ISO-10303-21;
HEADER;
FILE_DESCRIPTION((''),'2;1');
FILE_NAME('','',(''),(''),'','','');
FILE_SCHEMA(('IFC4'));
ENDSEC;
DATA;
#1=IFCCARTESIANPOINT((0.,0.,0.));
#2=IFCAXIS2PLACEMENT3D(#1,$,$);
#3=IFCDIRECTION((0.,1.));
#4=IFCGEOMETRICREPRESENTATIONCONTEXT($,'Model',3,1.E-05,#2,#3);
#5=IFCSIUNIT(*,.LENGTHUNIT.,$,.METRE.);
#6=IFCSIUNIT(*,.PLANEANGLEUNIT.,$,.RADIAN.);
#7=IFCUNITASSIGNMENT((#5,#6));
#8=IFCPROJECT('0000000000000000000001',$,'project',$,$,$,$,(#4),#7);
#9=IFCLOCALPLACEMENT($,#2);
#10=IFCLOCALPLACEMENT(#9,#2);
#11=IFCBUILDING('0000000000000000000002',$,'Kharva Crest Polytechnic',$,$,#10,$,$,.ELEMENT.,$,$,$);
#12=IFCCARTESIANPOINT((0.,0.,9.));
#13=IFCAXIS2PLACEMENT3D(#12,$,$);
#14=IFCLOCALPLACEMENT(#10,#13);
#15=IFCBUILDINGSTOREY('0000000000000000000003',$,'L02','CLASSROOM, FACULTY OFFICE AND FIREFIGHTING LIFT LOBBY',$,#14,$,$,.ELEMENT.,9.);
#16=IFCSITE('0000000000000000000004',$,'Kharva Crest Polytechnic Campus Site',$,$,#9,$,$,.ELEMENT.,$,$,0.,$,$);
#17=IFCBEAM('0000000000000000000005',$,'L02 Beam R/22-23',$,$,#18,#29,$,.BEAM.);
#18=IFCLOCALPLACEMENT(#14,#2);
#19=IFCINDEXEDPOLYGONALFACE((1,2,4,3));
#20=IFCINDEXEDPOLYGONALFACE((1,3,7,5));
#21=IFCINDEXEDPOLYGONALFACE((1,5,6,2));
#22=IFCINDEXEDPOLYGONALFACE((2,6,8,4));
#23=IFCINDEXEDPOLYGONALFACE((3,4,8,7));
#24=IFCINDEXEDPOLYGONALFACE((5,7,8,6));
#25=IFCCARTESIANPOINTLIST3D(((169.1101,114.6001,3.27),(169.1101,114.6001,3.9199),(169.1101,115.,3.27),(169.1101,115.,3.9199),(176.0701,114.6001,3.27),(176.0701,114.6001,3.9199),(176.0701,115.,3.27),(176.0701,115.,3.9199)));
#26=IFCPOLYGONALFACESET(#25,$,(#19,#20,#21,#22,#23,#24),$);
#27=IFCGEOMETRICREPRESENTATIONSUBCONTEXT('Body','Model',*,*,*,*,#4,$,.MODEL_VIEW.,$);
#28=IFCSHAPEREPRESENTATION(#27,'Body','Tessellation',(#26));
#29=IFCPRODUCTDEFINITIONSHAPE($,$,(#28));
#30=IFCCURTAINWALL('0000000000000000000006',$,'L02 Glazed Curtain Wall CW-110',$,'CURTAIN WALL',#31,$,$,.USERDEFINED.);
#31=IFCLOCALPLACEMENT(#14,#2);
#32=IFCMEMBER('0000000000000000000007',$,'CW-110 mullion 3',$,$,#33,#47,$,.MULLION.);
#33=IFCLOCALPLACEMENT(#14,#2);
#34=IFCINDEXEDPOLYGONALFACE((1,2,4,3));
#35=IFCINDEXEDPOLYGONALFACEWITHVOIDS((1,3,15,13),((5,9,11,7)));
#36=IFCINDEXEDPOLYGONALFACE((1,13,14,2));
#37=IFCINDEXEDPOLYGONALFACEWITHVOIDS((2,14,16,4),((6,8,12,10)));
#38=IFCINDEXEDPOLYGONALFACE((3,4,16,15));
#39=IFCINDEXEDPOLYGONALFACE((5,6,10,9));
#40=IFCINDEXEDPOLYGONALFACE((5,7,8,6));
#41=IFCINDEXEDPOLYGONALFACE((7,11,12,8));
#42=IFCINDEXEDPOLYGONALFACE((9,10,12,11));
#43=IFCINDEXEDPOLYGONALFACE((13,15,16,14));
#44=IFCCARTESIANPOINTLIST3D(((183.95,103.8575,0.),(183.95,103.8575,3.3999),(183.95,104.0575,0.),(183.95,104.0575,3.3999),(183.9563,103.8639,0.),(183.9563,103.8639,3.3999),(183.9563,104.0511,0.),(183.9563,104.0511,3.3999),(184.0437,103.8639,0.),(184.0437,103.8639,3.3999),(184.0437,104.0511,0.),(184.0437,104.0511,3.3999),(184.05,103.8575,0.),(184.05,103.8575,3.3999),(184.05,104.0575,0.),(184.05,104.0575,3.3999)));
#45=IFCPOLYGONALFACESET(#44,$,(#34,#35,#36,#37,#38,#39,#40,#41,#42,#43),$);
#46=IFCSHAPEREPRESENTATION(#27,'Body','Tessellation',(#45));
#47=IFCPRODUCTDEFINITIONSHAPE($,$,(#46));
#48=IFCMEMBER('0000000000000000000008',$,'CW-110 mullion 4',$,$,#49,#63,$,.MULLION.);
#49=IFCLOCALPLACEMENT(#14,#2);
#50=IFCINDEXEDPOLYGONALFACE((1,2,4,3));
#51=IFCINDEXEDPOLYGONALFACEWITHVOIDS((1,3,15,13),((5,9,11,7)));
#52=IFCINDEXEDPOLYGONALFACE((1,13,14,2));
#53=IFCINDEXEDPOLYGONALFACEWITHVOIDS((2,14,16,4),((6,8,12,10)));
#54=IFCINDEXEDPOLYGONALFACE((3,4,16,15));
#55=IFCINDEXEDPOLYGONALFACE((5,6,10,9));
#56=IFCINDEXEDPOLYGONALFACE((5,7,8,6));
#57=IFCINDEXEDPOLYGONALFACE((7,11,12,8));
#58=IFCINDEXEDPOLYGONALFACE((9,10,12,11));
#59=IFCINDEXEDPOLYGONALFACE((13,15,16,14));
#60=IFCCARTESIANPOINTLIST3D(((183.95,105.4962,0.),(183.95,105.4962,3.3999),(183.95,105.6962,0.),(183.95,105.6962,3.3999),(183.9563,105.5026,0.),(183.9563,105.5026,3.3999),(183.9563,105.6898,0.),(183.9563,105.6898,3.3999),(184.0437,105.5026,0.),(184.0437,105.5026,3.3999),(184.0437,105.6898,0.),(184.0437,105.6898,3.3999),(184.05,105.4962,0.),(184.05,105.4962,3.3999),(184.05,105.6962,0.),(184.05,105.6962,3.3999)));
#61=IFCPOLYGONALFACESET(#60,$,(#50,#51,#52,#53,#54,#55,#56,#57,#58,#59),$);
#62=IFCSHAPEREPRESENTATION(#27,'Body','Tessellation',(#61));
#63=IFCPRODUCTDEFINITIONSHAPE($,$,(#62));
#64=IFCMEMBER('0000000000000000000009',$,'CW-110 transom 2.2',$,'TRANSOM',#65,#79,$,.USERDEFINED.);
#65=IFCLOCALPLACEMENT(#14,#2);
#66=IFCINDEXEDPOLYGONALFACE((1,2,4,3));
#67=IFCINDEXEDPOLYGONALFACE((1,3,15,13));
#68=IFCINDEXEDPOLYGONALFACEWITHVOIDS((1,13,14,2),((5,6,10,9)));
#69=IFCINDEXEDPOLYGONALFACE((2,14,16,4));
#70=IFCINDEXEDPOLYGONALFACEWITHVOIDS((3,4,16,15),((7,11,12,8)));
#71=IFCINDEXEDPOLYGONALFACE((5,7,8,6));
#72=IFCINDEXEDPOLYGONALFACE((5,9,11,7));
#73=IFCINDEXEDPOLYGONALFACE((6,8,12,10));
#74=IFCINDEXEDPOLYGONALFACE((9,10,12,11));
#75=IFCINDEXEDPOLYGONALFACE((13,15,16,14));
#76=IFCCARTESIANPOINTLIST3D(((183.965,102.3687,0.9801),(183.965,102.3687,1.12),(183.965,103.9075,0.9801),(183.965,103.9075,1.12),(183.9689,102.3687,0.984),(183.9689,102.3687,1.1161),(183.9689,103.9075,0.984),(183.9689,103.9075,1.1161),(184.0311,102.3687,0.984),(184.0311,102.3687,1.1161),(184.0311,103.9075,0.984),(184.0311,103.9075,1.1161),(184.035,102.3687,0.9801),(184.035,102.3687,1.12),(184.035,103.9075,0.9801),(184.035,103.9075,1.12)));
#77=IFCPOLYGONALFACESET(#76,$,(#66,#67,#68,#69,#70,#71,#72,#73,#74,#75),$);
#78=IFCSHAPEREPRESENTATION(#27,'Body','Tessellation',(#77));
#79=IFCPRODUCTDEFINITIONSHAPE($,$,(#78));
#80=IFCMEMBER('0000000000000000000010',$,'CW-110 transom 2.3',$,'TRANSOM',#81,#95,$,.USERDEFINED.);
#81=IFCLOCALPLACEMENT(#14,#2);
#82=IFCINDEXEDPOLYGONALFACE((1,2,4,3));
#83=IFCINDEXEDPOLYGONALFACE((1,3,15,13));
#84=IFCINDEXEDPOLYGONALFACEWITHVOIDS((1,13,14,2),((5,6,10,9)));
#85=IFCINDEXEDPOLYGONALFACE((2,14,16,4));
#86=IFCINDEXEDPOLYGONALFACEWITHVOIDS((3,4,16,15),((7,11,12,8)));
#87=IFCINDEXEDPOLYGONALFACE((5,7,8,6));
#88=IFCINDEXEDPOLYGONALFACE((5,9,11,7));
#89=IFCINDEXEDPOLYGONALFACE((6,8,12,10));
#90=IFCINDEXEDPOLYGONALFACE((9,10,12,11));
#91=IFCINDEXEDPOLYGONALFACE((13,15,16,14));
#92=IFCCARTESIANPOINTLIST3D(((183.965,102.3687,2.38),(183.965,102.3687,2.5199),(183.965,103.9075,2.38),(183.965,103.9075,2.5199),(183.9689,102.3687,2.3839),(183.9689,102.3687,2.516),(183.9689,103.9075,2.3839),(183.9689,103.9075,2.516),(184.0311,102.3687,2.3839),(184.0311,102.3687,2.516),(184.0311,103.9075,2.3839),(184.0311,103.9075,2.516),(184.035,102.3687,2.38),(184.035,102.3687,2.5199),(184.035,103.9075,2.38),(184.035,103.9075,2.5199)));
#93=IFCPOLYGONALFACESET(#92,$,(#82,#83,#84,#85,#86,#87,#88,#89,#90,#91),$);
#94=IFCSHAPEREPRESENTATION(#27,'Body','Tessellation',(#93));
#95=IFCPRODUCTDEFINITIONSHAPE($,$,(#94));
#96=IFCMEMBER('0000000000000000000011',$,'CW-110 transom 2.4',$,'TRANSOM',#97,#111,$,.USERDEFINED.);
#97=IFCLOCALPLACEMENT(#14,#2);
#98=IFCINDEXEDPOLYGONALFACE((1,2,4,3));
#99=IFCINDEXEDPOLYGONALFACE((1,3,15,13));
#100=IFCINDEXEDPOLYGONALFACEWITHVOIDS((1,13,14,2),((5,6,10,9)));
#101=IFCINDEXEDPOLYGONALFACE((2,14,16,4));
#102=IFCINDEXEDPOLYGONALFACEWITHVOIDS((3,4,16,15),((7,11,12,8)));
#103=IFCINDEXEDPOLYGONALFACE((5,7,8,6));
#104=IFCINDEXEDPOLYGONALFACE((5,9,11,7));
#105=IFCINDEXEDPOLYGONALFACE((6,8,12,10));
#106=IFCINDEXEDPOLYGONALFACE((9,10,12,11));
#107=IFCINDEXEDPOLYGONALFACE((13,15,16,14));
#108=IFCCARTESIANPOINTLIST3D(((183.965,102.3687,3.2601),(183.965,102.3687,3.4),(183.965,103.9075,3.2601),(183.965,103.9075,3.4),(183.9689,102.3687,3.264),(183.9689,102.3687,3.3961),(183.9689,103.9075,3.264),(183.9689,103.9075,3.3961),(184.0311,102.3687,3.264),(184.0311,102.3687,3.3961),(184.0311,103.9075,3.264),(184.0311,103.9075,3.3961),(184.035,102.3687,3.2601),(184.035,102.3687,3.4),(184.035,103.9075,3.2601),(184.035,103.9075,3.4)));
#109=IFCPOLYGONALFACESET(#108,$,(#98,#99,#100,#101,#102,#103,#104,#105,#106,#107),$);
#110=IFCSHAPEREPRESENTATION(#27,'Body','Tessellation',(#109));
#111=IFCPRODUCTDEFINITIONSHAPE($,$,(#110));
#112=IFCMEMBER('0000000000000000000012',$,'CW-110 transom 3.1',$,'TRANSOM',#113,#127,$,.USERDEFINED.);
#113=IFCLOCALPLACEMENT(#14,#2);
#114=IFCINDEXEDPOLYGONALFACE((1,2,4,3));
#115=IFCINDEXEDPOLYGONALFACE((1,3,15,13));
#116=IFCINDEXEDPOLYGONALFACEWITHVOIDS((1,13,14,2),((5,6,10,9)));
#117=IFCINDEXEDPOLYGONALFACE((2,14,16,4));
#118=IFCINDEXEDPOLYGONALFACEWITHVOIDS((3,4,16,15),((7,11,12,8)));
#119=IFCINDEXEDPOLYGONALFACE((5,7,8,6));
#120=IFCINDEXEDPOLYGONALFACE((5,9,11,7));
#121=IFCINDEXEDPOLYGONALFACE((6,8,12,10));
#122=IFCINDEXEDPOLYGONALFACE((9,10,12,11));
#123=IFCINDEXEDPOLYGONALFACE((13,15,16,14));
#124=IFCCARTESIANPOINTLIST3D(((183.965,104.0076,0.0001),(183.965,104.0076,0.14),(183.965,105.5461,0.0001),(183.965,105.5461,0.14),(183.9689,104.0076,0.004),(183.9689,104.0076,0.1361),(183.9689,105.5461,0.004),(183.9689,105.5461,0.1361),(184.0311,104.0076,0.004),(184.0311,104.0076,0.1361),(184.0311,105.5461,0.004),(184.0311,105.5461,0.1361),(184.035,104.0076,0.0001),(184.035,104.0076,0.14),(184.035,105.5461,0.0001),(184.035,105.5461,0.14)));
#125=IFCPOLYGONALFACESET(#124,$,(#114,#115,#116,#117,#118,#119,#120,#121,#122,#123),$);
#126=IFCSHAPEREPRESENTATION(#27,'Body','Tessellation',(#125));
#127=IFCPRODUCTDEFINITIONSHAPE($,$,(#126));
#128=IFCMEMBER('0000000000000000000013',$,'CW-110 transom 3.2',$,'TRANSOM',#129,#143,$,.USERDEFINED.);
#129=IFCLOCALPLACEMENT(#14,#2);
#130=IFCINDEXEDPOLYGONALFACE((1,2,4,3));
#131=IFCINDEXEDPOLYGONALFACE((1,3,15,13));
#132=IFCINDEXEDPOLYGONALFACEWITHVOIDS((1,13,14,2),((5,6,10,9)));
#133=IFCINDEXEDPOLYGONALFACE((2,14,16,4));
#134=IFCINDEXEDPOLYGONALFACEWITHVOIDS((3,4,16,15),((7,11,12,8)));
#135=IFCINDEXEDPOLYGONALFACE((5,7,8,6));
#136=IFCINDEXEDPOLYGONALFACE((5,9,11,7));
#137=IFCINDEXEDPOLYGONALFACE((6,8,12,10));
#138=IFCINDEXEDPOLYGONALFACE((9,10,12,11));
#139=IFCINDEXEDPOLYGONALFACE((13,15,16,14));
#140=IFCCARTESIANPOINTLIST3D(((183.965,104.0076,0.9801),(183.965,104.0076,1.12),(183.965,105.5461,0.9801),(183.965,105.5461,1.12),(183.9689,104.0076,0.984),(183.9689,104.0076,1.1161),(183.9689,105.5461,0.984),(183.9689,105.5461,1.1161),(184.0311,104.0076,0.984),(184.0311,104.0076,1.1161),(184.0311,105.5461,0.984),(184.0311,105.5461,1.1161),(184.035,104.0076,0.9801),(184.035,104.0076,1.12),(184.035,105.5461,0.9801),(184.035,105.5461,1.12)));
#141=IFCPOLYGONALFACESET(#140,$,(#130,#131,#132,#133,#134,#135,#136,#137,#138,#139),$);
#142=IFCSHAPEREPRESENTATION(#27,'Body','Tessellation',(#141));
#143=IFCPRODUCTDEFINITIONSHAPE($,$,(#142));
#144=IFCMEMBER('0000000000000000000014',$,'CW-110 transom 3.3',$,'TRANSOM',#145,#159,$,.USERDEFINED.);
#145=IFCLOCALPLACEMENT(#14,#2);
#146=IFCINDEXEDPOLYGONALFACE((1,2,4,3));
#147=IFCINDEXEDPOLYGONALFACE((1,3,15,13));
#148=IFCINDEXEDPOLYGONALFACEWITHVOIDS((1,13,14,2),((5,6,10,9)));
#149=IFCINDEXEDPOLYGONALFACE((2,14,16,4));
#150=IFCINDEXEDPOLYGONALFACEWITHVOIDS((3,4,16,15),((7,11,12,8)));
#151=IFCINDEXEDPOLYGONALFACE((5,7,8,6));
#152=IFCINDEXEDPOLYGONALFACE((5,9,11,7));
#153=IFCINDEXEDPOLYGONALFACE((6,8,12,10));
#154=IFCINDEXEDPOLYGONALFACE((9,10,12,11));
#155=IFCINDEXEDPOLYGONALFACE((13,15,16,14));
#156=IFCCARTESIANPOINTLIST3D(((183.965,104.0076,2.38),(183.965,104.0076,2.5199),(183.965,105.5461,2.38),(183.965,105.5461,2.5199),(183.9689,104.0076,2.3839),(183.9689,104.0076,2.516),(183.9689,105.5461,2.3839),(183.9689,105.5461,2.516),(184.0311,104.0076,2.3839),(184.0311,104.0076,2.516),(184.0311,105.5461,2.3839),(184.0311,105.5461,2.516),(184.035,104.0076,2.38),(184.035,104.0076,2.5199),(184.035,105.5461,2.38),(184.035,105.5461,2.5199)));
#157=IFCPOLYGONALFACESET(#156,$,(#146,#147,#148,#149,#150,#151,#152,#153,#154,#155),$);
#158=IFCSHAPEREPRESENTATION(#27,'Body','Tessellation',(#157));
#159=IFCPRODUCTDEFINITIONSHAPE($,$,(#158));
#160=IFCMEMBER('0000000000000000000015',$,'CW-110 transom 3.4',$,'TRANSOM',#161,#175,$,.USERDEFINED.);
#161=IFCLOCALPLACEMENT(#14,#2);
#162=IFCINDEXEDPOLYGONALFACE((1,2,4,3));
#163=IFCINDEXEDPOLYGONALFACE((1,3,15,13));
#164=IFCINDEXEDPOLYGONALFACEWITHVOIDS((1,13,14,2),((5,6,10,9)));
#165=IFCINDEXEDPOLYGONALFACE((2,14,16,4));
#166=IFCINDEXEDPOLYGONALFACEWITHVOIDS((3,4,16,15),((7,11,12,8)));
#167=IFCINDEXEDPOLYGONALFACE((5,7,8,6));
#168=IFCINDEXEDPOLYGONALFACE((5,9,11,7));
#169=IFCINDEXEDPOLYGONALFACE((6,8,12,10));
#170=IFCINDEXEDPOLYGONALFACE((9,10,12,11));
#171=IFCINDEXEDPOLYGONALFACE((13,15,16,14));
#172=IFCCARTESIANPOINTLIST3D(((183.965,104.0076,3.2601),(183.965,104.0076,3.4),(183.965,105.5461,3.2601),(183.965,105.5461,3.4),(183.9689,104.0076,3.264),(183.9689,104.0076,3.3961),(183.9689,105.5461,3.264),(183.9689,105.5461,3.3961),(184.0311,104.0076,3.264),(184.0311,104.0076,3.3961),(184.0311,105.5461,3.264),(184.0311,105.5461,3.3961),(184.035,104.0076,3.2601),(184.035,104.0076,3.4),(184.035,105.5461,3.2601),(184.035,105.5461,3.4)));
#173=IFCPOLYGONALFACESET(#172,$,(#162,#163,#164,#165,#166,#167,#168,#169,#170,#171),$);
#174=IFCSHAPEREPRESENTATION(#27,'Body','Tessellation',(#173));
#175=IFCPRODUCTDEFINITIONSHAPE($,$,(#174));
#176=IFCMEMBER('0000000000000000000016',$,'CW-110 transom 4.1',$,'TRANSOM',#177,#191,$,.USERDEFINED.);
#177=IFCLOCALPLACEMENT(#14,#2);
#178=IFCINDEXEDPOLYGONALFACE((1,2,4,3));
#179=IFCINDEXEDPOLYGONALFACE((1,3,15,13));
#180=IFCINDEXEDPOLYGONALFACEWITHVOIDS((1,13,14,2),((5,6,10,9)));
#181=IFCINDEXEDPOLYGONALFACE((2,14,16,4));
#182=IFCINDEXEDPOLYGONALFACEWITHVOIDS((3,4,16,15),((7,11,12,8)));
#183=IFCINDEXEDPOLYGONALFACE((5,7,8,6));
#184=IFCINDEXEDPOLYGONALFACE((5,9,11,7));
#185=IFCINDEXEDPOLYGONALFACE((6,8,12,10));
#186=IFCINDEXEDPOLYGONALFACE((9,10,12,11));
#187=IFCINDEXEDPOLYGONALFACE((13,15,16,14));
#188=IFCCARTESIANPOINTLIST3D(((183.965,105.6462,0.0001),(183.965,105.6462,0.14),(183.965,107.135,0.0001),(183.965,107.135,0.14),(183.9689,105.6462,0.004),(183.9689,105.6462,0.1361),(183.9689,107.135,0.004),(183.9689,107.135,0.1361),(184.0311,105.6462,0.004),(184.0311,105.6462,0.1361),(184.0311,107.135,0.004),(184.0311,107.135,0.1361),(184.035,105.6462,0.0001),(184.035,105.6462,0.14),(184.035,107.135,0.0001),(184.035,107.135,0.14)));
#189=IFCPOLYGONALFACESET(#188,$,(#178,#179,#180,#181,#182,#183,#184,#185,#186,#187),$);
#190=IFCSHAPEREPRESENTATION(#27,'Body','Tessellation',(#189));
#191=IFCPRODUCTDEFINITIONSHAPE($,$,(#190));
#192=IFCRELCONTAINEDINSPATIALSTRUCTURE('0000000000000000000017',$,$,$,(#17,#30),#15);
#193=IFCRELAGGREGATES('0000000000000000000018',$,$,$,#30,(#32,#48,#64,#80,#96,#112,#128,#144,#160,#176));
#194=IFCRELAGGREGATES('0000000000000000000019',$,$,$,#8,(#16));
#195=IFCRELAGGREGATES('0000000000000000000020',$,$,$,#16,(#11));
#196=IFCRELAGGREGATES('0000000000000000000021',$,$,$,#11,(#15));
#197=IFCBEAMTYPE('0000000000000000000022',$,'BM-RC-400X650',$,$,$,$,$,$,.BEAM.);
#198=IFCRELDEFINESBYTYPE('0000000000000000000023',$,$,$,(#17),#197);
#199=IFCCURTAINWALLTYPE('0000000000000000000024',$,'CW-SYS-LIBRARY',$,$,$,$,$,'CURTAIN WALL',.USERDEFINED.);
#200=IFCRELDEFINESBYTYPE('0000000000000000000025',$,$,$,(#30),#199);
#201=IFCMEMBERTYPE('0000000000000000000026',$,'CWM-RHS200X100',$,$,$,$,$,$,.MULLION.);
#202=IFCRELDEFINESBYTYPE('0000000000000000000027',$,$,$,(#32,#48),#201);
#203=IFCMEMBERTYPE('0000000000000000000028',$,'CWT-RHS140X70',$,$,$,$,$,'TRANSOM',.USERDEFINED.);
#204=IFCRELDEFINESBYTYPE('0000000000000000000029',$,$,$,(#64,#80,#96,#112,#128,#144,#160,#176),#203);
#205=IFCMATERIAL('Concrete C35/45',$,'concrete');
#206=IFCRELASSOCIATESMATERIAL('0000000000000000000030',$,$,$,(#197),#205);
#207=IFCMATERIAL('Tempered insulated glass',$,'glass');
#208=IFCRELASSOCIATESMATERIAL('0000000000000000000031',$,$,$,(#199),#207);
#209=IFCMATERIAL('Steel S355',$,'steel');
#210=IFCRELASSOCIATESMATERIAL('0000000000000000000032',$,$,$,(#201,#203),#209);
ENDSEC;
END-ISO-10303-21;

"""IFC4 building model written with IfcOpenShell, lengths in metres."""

from ifc_helpers import new_model, si_unit, direction, frame, origin, origin_2d, place, context, subcontext, project, spatial, rectangle, hollow_rectangle, extrude, material, material_profile, profile_set, type_object, element, aggregate, save


model = new_model("IFC4")

# Units and contexts
model_context = context("Model", 3, precision=1e-05, world=origin(), true_north=direction((0.0, 1.0)))
body_context = subcontext(model_context, "Body", "Model", "MODEL_VIEW")
ifc_project = project(units=[si_unit("LENGTHUNIT", "METRE"), si_unit("PLANEANGLEUNIT", "RADIAN")], contexts=[model_context])

# Site, building, storey
site_placement = place(None, origin())
site = spatial("IfcSite", under=ifc_project, at=site_placement, Name="Kharva Crest Polytechnic Campus Site", CompositionType="ELEMENT", RefElevation=0.0)
building_placement = place(site_placement, origin())
building = spatial("IfcBuilding", under=site, at=building_placement, Name="Kharva Crest Polytechnic", CompositionType="ELEMENT")
storey_placement = place(building_placement, frame((0.0, 0.0, 9.0)))
storey = spatial("IfcBuildingStorey", under=building, at=storey_placement, Name="L02", Description="CLASSROOM, FACULTY OFFICE AND FIREFIGHTING LIFT LOBBY", CompositionType="ELEMENT", Elevation=9.0)

# Beam
ifc_material_1 = material(Name="Concrete C35/45", Category="concrete")
ifc_material_profile_1 = material_profile(ifc_material_1, rectangle(XDim=0.3999, YDim=0.6499, at=origin_2d()), Name="RECT 400 X 650")
ifc_profile_set_1 = profile_set([ifc_material_profile_1], Name="Concrete C35/45")
beam_type_1 = type_object("IfcBeamType", Name="BM-RC-400X650", PredefinedType="BEAM", material=ifc_profile_set_1)
beam_1_placement = place(storey_placement, frame((169.1101, 114.8, 3.595), z_axis=(1.0, 0.0, 0.0), x_axis=(0.0, 1.0, 0.0)))
element("IfcBeam", 1, at=beam_1_placement, inside=storey, type_object=beam_type_1, Name="L02 Beam R/22-23", PredefinedType="BEAM", context=body_context, shape_type="SweptSolid", body=[
    extrude(rectangle(XDim=0.3999, YDim=0.6499, at=origin_2d()), origin(), (0.0, 0.0, 1.0), 6.96),
])

# Curtain wall, members
ifc_material_2 = material(Name="Tempered insulated glass", Category="glass")
curtain_wall_type = type_object("IfcCurtainWallType", Name="CW-SYS-LIBRARY", ElementType="CURTAIN WALL", PredefinedType="USERDEFINED", material=ifc_material_2)
curtain_wall_placement = place(storey_placement, origin())
curtain_wall = element("IfcCurtainWall", 2, at=curtain_wall_placement, inside=storey, type_object=curtain_wall_type, Name="L02 Glazed Curtain Wall CW-110", ObjectType="CURTAIN WALL", PredefinedType="USERDEFINED")
ifc_material_3 = material(Name="Steel S355", Category="steel")
ifc_material_profile_2 = material_profile(ifc_material_3, hollow_rectangle(XDim=0.1001, YDim=0.2, WallThickness=0.0063, at=origin_2d()), Name="RHS 200X100X6.3")
ifc_profile_set_2 = profile_set([ifc_material_profile_2], Name="Steel S355")
member_type_1 = type_object("IfcMemberType", Name="CWM-RHS200X100", PredefinedType="MULLION", material=ifc_profile_set_2)
member_1_placement = place(storey_placement, frame((184.0, 103.9575, 0.0), z_axis=(0.0, 0.0, 1.0), x_axis=(-1.0, 0.0, 0.0)))
member_1 = element("IfcMember", 3, at=member_1_placement, type_object=member_type_1, Name="CW-110 mullion 3", PredefinedType="MULLION", context=body_context, shape_type="SweptSolid", body=[
    extrude(hollow_rectangle(XDim=0.1001, YDim=0.2, WallThickness=0.0063, at=origin_2d()), origin(), (0.0, 0.0, 1.0), 3.3999),
])
member_2_placement = place(storey_placement, frame((184.0, 105.5962, 0.0), z_axis=(0.0, 0.0, 1.0), x_axis=(-1.0, 0.0, 0.0)))
member_2 = element("IfcMember", 4, at=member_2_placement, type_object=member_type_1, Name="CW-110 mullion 4", PredefinedType="MULLION", context=body_context, shape_type="SweptSolid", body=[
    extrude(hollow_rectangle(XDim=0.1001, YDim=0.2, WallThickness=0.0063, at=origin_2d()), origin(), (0.0, 0.0, 1.0), 3.3999),
])
ifc_material_profile_3 = material_profile(ifc_material_3, hollow_rectangle(XDim=0.0701, YDim=0.1399, WallThickness=0.0039, at=origin_2d()), Name="RHS 140X70X4.0")
ifc_profile_set_3 = profile_set([ifc_material_profile_3], Name="Steel S355")
member_type_2 = type_object("IfcMemberType", Name="CWT-RHS140X70", ElementType="TRANSOM", PredefinedType="USERDEFINED", material=ifc_profile_set_3)
member_3_placement = place(storey_placement, frame((184.0, 102.3687, 1.05), z_axis=(0.0, 1.0, 0.0), x_axis=(-1.0, 0.0, 0.0)))
member_3 = element("IfcMember", 5, at=member_3_placement, type_object=member_type_2, Name="CW-110 transom 2.2", ObjectType="TRANSOM", PredefinedType="USERDEFINED", context=body_context, shape_type="SweptSolid", body=[
    extrude(hollow_rectangle(XDim=0.0701, YDim=0.1399, WallThickness=0.0039, at=origin_2d()), origin(), (0.0, 0.0, 1.0), 1.5388),
])
member_4_placement = place(storey_placement, frame((184.0, 102.3687, 2.45), z_axis=(0.0, 1.0, 0.0), x_axis=(-1.0, 0.0, 0.0)))
member_4 = element("IfcMember", 6, at=member_4_placement, type_object=member_type_2, Name="CW-110 transom 2.3", ObjectType="TRANSOM", PredefinedType="USERDEFINED", context=body_context, shape_type="SweptSolid", body=[
    extrude(hollow_rectangle(XDim=0.0701, YDim=0.1399, WallThickness=0.0039, at=origin_2d()), origin(), (0.0, 0.0, 1.0), 1.5388),
])
member_5_placement = place(storey_placement, frame((184.0, 102.3687, 3.3301), z_axis=(0.0, 1.0, 0.0), x_axis=(-1.0, 0.0, 0.0)))
member_5 = element("IfcMember", 7, at=member_5_placement, type_object=member_type_2, Name="CW-110 transom 2.4", ObjectType="TRANSOM", PredefinedType="USERDEFINED", context=body_context, shape_type="SweptSolid", body=[
    extrude(hollow_rectangle(XDim=0.0701, YDim=0.1399, WallThickness=0.0039, at=origin_2d()), origin(), (0.0, 0.0, 1.0), 1.5388),
])
member_6_placement = place(storey_placement, frame((184.0, 104.0076, 0.0701), z_axis=(0.0, 1.0, 0.0), x_axis=(-1.0, 0.0, 0.0)))
member_6 = element("IfcMember", 8, at=member_6_placement, type_object=member_type_2, Name="CW-110 transom 3.1", ObjectType="TRANSOM", PredefinedType="USERDEFINED", context=body_context, shape_type="SweptSolid", body=[
    extrude(hollow_rectangle(XDim=0.0701, YDim=0.1399, WallThickness=0.0039, at=origin_2d()), origin(), (0.0, 0.0, 1.0), 1.5386),
])
member_7_placement = place(storey_placement, frame((184.0, 104.0076, 1.05), z_axis=(0.0, 1.0, 0.0), x_axis=(-1.0, 0.0, 0.0)))
member_7 = element("IfcMember", 9, at=member_7_placement, type_object=member_type_2, Name="CW-110 transom 3.2", ObjectType="TRANSOM", PredefinedType="USERDEFINED", context=body_context, shape_type="SweptSolid", body=[
    extrude(hollow_rectangle(XDim=0.0701, YDim=0.1399, WallThickness=0.0039, at=origin_2d()), origin(), (0.0, 0.0, 1.0), 1.5386),
])
member_8_placement = place(storey_placement, frame((184.0, 104.0076, 2.45), z_axis=(0.0, 1.0, 0.0), x_axis=(-1.0, 0.0, 0.0)))
member_8 = element("IfcMember", 10, at=member_8_placement, type_object=member_type_2, Name="CW-110 transom 3.3", ObjectType="TRANSOM", PredefinedType="USERDEFINED", context=body_context, shape_type="SweptSolid", body=[
    extrude(hollow_rectangle(XDim=0.0701, YDim=0.1399, WallThickness=0.0039, at=origin_2d()), origin(), (0.0, 0.0, 1.0), 1.5386),
])
member_9_placement = place(storey_placement, frame((184.0, 104.0076, 3.3301), z_axis=(0.0, 1.0, 0.0), x_axis=(-1.0, 0.0, 0.0)))
member_9 = element("IfcMember", 11, at=member_9_placement, type_object=member_type_2, Name="CW-110 transom 3.4", ObjectType="TRANSOM", PredefinedType="USERDEFINED", context=body_context, shape_type="SweptSolid", body=[
    extrude(hollow_rectangle(XDim=0.0701, YDim=0.1399, WallThickness=0.0039, at=origin_2d()), origin(), (0.0, 0.0, 1.0), 1.5386),
])
member_10_placement = place(storey_placement, frame((184.0, 105.6462, 0.0701), z_axis=(0.0, 1.0, 0.0), x_axis=(-1.0, 0.0, 0.0)))
member_10 = element("IfcMember", 12, at=member_10_placement, type_object=member_type_2, Name="CW-110 transom 4.1", ObjectType="TRANSOM", PredefinedType="USERDEFINED", context=body_context, shape_type="SweptSolid", body=[
    extrude(hollow_rectangle(XDim=0.0701, YDim=0.1399, WallThickness=0.0039, at=origin_2d()), origin(), (0.0, 0.0, 1.0), 1.4888),
])

aggregate(curtain_wall, [member_1, member_2, member_3, member_4, member_5, member_6, member_7, member_8, member_9, member_10])

save(model, "model.ifc")
